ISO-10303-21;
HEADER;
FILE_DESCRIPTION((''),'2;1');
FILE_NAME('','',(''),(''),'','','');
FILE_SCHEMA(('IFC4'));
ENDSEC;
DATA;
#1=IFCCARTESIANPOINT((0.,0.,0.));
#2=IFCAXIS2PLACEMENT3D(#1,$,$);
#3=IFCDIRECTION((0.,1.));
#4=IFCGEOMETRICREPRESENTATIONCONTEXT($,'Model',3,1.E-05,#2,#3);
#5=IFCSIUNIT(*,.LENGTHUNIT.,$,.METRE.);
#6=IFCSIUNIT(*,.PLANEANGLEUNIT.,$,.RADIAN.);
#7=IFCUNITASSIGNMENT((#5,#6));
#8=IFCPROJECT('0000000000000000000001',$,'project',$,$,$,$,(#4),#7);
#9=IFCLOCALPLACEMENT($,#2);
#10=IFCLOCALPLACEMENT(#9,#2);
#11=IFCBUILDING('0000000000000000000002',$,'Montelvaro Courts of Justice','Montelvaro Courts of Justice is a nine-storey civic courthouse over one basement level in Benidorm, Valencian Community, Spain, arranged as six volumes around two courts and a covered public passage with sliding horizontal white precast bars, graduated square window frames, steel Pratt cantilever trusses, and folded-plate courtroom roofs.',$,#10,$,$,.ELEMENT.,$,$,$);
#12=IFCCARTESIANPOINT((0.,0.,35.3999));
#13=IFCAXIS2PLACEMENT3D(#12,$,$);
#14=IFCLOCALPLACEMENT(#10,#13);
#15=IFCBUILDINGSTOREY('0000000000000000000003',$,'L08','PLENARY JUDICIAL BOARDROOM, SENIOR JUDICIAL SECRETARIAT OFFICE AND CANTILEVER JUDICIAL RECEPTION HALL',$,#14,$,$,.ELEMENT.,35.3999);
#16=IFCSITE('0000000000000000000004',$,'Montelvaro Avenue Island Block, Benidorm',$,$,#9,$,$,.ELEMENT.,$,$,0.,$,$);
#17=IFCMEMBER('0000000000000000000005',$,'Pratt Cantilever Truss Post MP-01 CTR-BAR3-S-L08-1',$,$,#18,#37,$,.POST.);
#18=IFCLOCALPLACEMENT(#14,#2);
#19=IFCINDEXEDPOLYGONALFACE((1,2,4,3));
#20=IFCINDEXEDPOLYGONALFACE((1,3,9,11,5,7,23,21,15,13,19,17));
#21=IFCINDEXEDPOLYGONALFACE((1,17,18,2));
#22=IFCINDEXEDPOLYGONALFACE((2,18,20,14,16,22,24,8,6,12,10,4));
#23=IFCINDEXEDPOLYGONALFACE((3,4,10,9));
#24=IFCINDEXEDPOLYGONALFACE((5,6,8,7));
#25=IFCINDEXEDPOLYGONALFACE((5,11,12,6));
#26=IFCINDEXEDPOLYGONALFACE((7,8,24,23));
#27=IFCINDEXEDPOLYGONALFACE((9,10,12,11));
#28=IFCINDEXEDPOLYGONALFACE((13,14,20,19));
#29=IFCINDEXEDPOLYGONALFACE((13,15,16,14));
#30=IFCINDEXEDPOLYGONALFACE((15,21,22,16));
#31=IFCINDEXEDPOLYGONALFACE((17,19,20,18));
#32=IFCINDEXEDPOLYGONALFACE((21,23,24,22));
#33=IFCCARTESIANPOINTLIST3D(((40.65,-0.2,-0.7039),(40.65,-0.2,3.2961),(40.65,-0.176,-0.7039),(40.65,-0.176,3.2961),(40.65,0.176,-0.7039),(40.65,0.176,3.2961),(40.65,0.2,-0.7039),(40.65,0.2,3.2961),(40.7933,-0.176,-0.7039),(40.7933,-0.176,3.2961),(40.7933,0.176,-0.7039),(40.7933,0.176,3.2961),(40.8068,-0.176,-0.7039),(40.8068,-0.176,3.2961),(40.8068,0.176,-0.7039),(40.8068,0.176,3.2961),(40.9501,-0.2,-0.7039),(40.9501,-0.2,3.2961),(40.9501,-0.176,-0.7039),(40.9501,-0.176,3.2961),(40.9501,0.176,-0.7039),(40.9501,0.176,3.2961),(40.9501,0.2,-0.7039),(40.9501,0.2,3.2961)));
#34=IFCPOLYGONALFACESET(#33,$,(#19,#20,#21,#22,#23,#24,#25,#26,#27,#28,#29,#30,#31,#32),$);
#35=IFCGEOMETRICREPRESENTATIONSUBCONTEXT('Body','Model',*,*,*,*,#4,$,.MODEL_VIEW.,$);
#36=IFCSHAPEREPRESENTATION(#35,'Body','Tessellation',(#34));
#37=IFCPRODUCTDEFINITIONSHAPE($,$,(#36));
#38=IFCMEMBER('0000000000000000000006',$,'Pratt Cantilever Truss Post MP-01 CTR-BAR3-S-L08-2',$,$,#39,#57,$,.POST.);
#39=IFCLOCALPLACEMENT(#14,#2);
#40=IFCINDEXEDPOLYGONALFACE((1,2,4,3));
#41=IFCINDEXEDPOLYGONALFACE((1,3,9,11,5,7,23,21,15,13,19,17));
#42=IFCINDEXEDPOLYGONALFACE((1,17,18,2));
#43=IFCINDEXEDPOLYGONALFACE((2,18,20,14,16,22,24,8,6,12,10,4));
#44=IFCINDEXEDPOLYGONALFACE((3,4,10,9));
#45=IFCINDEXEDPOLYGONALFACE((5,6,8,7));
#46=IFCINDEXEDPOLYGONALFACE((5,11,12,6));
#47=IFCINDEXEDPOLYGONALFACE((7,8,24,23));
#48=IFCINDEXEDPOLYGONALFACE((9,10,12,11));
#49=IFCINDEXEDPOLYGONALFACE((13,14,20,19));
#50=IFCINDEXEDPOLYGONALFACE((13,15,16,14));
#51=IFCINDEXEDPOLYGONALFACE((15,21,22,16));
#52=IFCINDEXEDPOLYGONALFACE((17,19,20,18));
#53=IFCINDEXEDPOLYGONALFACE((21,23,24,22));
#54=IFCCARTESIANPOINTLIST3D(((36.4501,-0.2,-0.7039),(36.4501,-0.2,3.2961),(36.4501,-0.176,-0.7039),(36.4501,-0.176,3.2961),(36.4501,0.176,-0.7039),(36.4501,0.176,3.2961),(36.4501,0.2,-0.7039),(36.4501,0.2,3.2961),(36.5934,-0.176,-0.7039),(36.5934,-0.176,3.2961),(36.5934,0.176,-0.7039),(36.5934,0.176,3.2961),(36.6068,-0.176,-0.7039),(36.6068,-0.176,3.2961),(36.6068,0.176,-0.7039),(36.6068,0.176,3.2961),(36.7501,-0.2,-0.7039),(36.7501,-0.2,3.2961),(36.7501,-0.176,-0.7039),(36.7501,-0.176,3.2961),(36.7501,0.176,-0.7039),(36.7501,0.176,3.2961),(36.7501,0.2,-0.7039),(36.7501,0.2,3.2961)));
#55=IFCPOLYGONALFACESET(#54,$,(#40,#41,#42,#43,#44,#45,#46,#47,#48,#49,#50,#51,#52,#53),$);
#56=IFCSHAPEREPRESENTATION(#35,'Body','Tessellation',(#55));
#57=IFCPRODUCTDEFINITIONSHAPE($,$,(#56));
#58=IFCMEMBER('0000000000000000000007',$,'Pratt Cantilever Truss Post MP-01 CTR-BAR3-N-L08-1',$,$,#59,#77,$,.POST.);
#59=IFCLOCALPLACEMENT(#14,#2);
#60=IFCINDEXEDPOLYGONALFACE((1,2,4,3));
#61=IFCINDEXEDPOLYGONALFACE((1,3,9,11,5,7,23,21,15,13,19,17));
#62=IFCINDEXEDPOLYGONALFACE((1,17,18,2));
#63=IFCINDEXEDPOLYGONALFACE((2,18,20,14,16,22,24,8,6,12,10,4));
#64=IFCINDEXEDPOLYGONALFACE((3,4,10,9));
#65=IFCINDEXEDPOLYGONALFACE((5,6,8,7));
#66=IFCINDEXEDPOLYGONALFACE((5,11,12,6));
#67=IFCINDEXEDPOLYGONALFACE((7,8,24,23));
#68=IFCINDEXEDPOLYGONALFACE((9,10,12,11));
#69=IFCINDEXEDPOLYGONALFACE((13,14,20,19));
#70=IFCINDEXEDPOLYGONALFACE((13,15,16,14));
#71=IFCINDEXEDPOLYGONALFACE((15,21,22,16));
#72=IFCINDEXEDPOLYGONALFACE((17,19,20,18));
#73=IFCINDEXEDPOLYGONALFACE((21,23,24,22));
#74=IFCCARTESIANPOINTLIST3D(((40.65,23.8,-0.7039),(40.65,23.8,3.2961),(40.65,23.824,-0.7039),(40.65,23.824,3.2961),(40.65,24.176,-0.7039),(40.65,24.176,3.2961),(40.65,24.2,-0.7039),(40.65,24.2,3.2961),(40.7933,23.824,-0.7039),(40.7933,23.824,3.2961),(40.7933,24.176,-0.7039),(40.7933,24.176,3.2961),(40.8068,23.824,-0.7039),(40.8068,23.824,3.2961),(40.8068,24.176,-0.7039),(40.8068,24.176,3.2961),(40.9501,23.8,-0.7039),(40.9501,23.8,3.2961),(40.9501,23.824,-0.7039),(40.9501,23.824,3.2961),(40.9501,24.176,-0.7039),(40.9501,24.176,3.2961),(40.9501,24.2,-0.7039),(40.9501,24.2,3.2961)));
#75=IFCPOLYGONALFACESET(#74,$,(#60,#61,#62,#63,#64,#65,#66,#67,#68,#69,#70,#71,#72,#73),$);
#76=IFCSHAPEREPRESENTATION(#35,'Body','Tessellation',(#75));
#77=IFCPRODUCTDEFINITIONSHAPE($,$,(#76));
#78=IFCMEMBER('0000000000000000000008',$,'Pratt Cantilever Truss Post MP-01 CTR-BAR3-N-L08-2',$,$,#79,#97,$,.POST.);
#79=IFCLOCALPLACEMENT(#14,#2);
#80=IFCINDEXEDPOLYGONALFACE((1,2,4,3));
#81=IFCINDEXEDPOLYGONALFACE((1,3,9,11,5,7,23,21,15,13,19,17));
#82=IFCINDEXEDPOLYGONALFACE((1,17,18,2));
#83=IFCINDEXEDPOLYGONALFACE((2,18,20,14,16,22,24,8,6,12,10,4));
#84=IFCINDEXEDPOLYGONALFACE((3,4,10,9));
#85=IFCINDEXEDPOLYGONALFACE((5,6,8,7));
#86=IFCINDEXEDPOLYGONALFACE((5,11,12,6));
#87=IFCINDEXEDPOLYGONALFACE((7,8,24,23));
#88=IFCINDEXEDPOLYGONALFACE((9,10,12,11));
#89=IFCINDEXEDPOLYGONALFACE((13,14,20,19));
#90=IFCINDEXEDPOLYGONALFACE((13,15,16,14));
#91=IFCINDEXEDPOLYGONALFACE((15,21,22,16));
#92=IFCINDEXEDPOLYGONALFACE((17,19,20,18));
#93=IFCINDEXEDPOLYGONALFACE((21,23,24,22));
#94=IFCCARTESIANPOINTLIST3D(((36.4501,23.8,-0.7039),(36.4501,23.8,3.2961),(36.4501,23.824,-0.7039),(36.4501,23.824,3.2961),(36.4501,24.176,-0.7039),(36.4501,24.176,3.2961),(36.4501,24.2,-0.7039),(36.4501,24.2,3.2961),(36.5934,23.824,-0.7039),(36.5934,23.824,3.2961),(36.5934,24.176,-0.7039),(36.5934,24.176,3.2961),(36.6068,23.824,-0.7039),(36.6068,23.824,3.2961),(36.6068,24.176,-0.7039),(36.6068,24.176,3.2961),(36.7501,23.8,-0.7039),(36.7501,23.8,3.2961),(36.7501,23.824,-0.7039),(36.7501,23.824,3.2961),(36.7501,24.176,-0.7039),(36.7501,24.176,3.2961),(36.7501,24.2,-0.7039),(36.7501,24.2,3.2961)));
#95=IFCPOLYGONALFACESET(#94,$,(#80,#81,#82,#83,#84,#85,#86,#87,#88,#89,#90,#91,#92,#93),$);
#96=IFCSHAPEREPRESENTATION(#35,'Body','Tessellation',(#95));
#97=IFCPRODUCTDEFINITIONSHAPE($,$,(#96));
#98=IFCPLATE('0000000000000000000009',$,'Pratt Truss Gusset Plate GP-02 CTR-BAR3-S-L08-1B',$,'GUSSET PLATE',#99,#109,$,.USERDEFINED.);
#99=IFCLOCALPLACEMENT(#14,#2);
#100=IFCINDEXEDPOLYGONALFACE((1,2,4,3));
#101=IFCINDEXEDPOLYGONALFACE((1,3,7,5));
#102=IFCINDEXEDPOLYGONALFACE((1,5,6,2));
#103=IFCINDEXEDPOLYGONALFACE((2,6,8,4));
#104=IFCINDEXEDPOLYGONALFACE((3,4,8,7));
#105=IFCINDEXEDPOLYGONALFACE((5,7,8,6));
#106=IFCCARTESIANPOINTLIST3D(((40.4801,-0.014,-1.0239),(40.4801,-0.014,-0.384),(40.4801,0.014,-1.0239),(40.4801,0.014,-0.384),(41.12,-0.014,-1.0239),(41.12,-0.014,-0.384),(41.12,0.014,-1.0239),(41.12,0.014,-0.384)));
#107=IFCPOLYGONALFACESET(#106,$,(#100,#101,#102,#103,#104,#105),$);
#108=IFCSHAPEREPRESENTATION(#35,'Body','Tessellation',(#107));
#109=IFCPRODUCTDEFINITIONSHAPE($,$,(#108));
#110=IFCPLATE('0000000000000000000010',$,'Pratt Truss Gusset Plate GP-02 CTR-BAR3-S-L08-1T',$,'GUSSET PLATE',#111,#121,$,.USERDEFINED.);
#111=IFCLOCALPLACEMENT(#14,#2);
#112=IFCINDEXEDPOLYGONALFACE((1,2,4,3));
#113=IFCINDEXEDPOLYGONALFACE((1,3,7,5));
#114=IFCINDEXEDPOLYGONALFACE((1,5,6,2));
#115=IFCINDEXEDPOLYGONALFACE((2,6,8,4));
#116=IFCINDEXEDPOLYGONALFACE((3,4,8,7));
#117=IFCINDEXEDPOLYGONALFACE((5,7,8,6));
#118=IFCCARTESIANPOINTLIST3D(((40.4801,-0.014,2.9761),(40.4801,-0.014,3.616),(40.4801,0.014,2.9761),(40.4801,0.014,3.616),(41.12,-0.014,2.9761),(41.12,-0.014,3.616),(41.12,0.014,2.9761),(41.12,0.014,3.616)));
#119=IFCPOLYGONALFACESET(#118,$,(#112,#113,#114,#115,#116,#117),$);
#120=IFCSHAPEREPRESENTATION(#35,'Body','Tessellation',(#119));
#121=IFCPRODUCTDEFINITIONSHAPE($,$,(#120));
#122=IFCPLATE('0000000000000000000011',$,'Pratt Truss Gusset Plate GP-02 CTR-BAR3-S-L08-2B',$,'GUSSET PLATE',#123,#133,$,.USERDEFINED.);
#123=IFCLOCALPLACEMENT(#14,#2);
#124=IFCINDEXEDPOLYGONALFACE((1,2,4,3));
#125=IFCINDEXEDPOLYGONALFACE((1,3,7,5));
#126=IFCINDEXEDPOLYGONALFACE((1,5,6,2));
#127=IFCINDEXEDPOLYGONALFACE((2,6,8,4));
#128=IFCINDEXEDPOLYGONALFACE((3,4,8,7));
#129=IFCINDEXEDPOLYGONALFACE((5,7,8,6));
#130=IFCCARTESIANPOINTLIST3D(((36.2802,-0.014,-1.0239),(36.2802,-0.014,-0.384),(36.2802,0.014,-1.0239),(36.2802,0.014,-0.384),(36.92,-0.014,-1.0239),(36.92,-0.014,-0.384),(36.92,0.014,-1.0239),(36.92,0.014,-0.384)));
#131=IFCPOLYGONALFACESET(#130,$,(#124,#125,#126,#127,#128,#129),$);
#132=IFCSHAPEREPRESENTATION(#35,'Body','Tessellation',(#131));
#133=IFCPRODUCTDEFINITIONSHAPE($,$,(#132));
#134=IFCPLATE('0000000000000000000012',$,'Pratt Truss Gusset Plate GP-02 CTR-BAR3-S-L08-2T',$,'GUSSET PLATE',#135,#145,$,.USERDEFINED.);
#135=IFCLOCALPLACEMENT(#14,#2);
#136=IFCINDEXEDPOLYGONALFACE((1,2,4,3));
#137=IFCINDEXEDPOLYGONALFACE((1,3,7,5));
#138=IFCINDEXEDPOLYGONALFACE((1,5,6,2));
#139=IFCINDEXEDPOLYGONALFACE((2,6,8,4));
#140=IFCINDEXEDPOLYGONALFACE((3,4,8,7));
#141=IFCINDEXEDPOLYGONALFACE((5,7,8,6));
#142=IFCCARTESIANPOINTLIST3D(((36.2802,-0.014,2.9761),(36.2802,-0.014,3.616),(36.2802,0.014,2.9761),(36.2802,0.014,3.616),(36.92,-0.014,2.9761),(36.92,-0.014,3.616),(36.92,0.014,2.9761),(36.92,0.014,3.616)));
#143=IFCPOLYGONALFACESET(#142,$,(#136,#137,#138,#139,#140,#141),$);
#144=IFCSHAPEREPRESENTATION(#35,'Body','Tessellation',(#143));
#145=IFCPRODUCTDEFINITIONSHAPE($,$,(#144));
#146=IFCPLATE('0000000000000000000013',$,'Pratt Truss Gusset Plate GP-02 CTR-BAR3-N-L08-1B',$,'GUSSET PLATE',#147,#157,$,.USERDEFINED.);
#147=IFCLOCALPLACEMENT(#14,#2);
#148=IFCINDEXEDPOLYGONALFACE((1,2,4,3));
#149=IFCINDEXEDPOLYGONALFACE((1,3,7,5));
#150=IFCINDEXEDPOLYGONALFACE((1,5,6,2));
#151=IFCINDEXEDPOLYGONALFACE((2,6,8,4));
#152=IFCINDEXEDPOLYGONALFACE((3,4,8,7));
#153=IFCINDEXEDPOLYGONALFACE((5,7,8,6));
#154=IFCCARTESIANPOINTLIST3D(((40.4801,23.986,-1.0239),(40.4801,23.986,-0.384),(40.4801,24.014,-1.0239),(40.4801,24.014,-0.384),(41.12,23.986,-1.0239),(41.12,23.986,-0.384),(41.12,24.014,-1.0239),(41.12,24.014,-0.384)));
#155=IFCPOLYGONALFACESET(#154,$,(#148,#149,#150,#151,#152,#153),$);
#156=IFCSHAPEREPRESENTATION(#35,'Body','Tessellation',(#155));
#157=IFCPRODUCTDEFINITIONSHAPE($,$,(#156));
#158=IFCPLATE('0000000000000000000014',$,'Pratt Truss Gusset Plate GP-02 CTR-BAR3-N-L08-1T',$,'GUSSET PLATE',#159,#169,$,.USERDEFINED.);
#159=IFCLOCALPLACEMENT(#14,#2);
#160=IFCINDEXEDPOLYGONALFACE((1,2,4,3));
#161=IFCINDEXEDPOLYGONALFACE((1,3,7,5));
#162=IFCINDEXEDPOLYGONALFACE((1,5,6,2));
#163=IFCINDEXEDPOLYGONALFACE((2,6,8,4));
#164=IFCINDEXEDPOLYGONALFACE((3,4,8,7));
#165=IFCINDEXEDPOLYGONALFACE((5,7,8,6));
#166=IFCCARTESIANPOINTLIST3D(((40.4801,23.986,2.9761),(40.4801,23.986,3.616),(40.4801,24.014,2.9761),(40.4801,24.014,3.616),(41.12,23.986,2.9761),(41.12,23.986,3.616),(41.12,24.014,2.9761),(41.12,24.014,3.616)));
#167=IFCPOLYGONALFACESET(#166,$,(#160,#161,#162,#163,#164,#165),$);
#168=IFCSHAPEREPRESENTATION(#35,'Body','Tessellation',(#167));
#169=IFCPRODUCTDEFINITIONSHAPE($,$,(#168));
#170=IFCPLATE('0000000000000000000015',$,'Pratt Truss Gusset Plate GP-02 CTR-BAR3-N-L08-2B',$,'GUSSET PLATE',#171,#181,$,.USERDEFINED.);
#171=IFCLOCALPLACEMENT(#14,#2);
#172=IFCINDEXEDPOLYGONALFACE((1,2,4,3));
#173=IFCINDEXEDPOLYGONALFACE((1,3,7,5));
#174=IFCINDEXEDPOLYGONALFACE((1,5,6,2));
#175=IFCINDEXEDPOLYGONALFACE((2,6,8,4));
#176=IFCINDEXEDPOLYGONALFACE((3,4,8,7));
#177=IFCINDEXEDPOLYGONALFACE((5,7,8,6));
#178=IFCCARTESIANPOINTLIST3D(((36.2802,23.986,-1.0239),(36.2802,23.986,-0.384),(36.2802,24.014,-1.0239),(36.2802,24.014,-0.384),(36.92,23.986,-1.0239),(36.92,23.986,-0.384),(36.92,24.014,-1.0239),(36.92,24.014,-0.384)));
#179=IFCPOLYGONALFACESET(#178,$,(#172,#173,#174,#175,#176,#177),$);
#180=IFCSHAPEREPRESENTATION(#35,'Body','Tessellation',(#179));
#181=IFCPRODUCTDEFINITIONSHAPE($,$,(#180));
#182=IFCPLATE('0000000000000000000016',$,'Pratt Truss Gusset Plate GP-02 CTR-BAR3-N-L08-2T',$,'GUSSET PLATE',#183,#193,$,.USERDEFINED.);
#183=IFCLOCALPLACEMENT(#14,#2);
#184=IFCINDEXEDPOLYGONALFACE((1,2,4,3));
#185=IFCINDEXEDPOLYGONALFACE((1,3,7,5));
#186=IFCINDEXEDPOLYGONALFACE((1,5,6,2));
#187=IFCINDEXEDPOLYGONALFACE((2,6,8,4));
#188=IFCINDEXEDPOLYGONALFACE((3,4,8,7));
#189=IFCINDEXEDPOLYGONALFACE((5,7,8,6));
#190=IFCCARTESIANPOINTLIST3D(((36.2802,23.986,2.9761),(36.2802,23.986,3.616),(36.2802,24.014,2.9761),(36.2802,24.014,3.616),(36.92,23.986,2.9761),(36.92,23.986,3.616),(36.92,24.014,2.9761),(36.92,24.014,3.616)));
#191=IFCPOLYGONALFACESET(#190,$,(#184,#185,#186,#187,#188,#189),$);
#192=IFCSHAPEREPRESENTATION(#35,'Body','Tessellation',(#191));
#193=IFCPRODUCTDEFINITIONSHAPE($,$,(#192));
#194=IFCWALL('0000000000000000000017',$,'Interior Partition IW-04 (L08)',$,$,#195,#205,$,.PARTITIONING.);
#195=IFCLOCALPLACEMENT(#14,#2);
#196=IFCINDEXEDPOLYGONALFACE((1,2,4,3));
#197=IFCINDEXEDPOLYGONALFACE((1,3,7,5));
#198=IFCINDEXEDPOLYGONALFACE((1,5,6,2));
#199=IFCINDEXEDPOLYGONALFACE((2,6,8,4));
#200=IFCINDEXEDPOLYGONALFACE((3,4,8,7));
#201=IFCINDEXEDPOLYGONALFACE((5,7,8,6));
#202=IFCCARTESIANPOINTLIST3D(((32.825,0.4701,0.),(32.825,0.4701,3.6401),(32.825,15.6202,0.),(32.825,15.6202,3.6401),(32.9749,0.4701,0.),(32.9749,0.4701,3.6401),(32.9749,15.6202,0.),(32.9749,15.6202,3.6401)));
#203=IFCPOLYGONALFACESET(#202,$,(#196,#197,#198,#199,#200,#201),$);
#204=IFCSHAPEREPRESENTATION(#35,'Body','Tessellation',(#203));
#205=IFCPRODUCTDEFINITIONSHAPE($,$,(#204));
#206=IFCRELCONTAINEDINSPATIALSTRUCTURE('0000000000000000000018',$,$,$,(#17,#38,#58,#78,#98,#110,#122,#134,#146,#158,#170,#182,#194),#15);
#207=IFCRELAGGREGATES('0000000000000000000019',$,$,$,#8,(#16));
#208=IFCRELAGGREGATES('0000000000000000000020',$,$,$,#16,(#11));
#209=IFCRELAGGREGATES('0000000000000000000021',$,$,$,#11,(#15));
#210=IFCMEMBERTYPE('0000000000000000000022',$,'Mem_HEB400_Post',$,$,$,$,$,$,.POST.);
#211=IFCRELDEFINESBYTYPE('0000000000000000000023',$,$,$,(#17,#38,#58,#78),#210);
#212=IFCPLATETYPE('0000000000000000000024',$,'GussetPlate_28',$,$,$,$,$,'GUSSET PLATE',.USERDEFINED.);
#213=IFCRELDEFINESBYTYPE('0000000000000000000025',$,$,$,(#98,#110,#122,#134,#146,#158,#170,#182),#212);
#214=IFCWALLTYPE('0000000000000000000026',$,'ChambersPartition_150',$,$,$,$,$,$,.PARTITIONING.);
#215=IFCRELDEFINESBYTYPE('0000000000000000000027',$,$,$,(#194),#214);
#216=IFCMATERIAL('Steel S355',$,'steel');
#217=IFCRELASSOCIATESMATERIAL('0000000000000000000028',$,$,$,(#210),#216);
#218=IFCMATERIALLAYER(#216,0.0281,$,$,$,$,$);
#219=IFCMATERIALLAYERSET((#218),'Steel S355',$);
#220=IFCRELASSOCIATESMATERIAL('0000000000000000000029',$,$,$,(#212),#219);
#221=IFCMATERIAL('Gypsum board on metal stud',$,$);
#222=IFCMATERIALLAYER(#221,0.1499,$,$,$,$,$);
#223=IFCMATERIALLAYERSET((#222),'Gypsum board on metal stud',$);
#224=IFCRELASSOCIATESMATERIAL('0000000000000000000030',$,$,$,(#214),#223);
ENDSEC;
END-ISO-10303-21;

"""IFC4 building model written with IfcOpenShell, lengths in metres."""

from ifc_helpers import new_model, si_unit, direction, frame, frame_2d, origin, origin_2d, place, context, subcontext, project, spatial, rectangle, i_section, extrude, material, layer, layer_set, material_profile, profile_set, type_object, element, save


model = new_model("IFC4")

# Units and contexts
model_context = context("Model", 3, precision=1e-05, world=origin(), true_north=direction((0.0, 1.0)))
body_context = subcontext(model_context, "Body", "Model", "MODEL_VIEW")
ifc_project = project(units=[si_unit("LENGTHUNIT", "METRE"), si_unit("PLANEANGLEUNIT", "RADIAN")], contexts=[model_context])

# Site, building, storey
site_placement = place(None, origin())
site = spatial("IfcSite", under=ifc_project, at=site_placement, Name="Montelvaro Avenue Island Block, Benidorm", CompositionType="ELEMENT", RefElevation=0.0)
building_placement = place(site_placement, origin())
building = spatial("IfcBuilding", under=site, at=building_placement, Name="Montelvaro Courts of Justice", Description="Montelvaro Courts of Justice is a nine-storey civic courthouse over one basement level in Benidorm, Valencian Community, Spain, arranged as six volumes around two courts and a covered public passage with sliding horizontal white precast bars, graduated square window frames, steel Pratt cantilever trusses, and folded-plate courtroom roofs.", CompositionType="ELEMENT")
storey_placement = place(building_placement, frame((0.0, 0.0, 35.3999)))
storey = spatial("IfcBuildingStorey", under=building, at=storey_placement, Name="L08", Description="PLENARY JUDICIAL BOARDROOM, SENIOR JUDICIAL SECRETARIAT OFFICE AND CANTILEVER JUDICIAL RECEPTION HALL", CompositionType="ELEMENT", Elevation=35.3999)

# Shared definitions
ifc_material_1 = material(Name="Steel S355", Category="steel")

# Members
ifc_material_profile_1 = material_profile(ifc_material_1, i_section(OverallWidth=0.3, OverallDepth=0.3999, WebThickness=0.0134, FlangeThickness=0.0239, at=origin_2d()), Name="HEB 400")
ifc_profile_set_1 = profile_set([ifc_material_profile_1], Name="Steel S355")
member_type_1 = type_object("IfcMemberType", Name="Mem_HEB400_Post", PredefinedType="POST", material=ifc_profile_set_1)
for number, where, z_axis, x_axis, name in (
    (1, (40.8, 0.0, -0.7039), (0.0, 0.0, 1.0), (1.0, 0.0, 0.0), "Pratt Cantilever Truss Post MP-01 CTR-BAR3-S-L08-1"),
    (2, (36.6001, 0.0, -0.7039), (0.0, 0.0, 1.0), (1.0, 0.0, 0.0), "Pratt Cantilever Truss Post MP-01 CTR-BAR3-S-L08-2"),
    (3, (40.8, 24.0, -0.7039), (0.0, 0.0, 1.0), (1.0, 0.0, 0.0), "Pratt Cantilever Truss Post MP-01 CTR-BAR3-N-L08-1"),
    (4, (36.6001, 24.0, -0.7039), (0.0, 0.0, 1.0), (1.0, 0.0, 0.0), "Pratt Cantilever Truss Post MP-01 CTR-BAR3-N-L08-2"),
):
    element("IfcMember", number, at=place(storey_placement, frame(where, z_axis=z_axis, x_axis=x_axis)), inside=storey, type_object=member_type_1, Name=name, PredefinedType="POST", context=body_context, shape_type="SweptSolid", body=[
        extrude(i_section(OverallWidth=0.3, OverallDepth=0.3999, WebThickness=0.0134, FlangeThickness=0.0239, at=origin_2d()), origin(), (0.0, 0.0, 1.0), 4.0),
    ])

# Plates
ifc_layer_1 = layer(ifc_material_1, 0.0281)
ifc_layer_set_1 = layer_set([ifc_layer_1], Name="Steel S355")
plate_type = type_object("IfcPlateType", Name="GussetPlate_28", ElementType="GUSSET PLATE", PredefinedType="USERDEFINED", material=ifc_layer_set_1)
for number, where, z_axis, x_axis, name in (
    (5, (40.8, 0.0, -1.0239), (0.0, 0.0, 1.0), (1.0, 0.0, 0.0), "Pratt Truss Gusset Plate GP-02 CTR-BAR3-S-L08-1B"),
    (6, (40.8, 0.0, 2.9761), (0.0, 0.0, 1.0), (1.0, 0.0, 0.0), "Pratt Truss Gusset Plate GP-02 CTR-BAR3-S-L08-1T"),
    (7, (36.6001, 0.0, -1.0239), (0.0, 0.0, 1.0), (1.0, 0.0, 0.0), "Pratt Truss Gusset Plate GP-02 CTR-BAR3-S-L08-2B"),
    (8, (36.6001, 0.0, 2.9761), (0.0, 0.0, 1.0), (1.0, 0.0, 0.0), "Pratt Truss Gusset Plate GP-02 CTR-BAR3-S-L08-2T"),
    (9, (40.8, 24.0, -1.0239), (0.0, 0.0, 1.0), (1.0, 0.0, 0.0), "Pratt Truss Gusset Plate GP-02 CTR-BAR3-N-L08-1B"),
    (10, (40.8, 24.0, 2.9761), (0.0, 0.0, 1.0), (1.0, 0.0, 0.0), "Pratt Truss Gusset Plate GP-02 CTR-BAR3-N-L08-1T"),
    (11, (36.6001, 24.0, -1.0239), (0.0, 0.0, 1.0), (1.0, 0.0, 0.0), "Pratt Truss Gusset Plate GP-02 CTR-BAR3-N-L08-2B"),
    (12, (36.6001, 24.0, 2.9761), (0.0, 0.0, 1.0), (1.0, 0.0, 0.0), "Pratt Truss Gusset Plate GP-02 CTR-BAR3-N-L08-2T"),
):
    element("IfcPlate", number, at=place(storey_placement, frame(where, z_axis=z_axis, x_axis=x_axis)), inside=storey, type_object=plate_type, Name=name, ObjectType="GUSSET PLATE", PredefinedType="USERDEFINED", context=body_context, shape_type="SweptSolid", body=[
        extrude(rectangle(XDim=0.6399, YDim=0.0281, at=origin_2d()), origin(), (0.0, 0.0, 1.0), 0.6399),
    ])

# Wall
ifc_material_2 = material(Name="Gypsum board on metal stud")
ifc_layer_2 = layer(ifc_material_2, 0.1499)
ifc_layer_set_2 = layer_set([ifc_layer_2], Name="Gypsum board on metal stud")
wall_type_1 = type_object("IfcWallType", Name="ChambersPartition_150", PredefinedType="PARTITIONING", material=ifc_layer_set_2)
wall_1_placement = place(storey_placement, frame((32.8999, 0.47, 0.0), z_axis=(0.0, 0.0, 1.0), x_axis=(0.0, 1.0, 0.0)))
element("IfcWall", 13, at=wall_1_placement, inside=storey, type_object=wall_type_1, Name="Interior Partition IW-04 (L08)", PredefinedType="PARTITIONING", context=body_context, shape_type="SweptSolid", body=[
    extrude(rectangle(XDim=15.1501, YDim=0.1499, at=frame_2d((7.5752, 0.0))), origin(), (0.0, 0.0, 1.0), 3.6401),
])

save(model, "model.ifc")
